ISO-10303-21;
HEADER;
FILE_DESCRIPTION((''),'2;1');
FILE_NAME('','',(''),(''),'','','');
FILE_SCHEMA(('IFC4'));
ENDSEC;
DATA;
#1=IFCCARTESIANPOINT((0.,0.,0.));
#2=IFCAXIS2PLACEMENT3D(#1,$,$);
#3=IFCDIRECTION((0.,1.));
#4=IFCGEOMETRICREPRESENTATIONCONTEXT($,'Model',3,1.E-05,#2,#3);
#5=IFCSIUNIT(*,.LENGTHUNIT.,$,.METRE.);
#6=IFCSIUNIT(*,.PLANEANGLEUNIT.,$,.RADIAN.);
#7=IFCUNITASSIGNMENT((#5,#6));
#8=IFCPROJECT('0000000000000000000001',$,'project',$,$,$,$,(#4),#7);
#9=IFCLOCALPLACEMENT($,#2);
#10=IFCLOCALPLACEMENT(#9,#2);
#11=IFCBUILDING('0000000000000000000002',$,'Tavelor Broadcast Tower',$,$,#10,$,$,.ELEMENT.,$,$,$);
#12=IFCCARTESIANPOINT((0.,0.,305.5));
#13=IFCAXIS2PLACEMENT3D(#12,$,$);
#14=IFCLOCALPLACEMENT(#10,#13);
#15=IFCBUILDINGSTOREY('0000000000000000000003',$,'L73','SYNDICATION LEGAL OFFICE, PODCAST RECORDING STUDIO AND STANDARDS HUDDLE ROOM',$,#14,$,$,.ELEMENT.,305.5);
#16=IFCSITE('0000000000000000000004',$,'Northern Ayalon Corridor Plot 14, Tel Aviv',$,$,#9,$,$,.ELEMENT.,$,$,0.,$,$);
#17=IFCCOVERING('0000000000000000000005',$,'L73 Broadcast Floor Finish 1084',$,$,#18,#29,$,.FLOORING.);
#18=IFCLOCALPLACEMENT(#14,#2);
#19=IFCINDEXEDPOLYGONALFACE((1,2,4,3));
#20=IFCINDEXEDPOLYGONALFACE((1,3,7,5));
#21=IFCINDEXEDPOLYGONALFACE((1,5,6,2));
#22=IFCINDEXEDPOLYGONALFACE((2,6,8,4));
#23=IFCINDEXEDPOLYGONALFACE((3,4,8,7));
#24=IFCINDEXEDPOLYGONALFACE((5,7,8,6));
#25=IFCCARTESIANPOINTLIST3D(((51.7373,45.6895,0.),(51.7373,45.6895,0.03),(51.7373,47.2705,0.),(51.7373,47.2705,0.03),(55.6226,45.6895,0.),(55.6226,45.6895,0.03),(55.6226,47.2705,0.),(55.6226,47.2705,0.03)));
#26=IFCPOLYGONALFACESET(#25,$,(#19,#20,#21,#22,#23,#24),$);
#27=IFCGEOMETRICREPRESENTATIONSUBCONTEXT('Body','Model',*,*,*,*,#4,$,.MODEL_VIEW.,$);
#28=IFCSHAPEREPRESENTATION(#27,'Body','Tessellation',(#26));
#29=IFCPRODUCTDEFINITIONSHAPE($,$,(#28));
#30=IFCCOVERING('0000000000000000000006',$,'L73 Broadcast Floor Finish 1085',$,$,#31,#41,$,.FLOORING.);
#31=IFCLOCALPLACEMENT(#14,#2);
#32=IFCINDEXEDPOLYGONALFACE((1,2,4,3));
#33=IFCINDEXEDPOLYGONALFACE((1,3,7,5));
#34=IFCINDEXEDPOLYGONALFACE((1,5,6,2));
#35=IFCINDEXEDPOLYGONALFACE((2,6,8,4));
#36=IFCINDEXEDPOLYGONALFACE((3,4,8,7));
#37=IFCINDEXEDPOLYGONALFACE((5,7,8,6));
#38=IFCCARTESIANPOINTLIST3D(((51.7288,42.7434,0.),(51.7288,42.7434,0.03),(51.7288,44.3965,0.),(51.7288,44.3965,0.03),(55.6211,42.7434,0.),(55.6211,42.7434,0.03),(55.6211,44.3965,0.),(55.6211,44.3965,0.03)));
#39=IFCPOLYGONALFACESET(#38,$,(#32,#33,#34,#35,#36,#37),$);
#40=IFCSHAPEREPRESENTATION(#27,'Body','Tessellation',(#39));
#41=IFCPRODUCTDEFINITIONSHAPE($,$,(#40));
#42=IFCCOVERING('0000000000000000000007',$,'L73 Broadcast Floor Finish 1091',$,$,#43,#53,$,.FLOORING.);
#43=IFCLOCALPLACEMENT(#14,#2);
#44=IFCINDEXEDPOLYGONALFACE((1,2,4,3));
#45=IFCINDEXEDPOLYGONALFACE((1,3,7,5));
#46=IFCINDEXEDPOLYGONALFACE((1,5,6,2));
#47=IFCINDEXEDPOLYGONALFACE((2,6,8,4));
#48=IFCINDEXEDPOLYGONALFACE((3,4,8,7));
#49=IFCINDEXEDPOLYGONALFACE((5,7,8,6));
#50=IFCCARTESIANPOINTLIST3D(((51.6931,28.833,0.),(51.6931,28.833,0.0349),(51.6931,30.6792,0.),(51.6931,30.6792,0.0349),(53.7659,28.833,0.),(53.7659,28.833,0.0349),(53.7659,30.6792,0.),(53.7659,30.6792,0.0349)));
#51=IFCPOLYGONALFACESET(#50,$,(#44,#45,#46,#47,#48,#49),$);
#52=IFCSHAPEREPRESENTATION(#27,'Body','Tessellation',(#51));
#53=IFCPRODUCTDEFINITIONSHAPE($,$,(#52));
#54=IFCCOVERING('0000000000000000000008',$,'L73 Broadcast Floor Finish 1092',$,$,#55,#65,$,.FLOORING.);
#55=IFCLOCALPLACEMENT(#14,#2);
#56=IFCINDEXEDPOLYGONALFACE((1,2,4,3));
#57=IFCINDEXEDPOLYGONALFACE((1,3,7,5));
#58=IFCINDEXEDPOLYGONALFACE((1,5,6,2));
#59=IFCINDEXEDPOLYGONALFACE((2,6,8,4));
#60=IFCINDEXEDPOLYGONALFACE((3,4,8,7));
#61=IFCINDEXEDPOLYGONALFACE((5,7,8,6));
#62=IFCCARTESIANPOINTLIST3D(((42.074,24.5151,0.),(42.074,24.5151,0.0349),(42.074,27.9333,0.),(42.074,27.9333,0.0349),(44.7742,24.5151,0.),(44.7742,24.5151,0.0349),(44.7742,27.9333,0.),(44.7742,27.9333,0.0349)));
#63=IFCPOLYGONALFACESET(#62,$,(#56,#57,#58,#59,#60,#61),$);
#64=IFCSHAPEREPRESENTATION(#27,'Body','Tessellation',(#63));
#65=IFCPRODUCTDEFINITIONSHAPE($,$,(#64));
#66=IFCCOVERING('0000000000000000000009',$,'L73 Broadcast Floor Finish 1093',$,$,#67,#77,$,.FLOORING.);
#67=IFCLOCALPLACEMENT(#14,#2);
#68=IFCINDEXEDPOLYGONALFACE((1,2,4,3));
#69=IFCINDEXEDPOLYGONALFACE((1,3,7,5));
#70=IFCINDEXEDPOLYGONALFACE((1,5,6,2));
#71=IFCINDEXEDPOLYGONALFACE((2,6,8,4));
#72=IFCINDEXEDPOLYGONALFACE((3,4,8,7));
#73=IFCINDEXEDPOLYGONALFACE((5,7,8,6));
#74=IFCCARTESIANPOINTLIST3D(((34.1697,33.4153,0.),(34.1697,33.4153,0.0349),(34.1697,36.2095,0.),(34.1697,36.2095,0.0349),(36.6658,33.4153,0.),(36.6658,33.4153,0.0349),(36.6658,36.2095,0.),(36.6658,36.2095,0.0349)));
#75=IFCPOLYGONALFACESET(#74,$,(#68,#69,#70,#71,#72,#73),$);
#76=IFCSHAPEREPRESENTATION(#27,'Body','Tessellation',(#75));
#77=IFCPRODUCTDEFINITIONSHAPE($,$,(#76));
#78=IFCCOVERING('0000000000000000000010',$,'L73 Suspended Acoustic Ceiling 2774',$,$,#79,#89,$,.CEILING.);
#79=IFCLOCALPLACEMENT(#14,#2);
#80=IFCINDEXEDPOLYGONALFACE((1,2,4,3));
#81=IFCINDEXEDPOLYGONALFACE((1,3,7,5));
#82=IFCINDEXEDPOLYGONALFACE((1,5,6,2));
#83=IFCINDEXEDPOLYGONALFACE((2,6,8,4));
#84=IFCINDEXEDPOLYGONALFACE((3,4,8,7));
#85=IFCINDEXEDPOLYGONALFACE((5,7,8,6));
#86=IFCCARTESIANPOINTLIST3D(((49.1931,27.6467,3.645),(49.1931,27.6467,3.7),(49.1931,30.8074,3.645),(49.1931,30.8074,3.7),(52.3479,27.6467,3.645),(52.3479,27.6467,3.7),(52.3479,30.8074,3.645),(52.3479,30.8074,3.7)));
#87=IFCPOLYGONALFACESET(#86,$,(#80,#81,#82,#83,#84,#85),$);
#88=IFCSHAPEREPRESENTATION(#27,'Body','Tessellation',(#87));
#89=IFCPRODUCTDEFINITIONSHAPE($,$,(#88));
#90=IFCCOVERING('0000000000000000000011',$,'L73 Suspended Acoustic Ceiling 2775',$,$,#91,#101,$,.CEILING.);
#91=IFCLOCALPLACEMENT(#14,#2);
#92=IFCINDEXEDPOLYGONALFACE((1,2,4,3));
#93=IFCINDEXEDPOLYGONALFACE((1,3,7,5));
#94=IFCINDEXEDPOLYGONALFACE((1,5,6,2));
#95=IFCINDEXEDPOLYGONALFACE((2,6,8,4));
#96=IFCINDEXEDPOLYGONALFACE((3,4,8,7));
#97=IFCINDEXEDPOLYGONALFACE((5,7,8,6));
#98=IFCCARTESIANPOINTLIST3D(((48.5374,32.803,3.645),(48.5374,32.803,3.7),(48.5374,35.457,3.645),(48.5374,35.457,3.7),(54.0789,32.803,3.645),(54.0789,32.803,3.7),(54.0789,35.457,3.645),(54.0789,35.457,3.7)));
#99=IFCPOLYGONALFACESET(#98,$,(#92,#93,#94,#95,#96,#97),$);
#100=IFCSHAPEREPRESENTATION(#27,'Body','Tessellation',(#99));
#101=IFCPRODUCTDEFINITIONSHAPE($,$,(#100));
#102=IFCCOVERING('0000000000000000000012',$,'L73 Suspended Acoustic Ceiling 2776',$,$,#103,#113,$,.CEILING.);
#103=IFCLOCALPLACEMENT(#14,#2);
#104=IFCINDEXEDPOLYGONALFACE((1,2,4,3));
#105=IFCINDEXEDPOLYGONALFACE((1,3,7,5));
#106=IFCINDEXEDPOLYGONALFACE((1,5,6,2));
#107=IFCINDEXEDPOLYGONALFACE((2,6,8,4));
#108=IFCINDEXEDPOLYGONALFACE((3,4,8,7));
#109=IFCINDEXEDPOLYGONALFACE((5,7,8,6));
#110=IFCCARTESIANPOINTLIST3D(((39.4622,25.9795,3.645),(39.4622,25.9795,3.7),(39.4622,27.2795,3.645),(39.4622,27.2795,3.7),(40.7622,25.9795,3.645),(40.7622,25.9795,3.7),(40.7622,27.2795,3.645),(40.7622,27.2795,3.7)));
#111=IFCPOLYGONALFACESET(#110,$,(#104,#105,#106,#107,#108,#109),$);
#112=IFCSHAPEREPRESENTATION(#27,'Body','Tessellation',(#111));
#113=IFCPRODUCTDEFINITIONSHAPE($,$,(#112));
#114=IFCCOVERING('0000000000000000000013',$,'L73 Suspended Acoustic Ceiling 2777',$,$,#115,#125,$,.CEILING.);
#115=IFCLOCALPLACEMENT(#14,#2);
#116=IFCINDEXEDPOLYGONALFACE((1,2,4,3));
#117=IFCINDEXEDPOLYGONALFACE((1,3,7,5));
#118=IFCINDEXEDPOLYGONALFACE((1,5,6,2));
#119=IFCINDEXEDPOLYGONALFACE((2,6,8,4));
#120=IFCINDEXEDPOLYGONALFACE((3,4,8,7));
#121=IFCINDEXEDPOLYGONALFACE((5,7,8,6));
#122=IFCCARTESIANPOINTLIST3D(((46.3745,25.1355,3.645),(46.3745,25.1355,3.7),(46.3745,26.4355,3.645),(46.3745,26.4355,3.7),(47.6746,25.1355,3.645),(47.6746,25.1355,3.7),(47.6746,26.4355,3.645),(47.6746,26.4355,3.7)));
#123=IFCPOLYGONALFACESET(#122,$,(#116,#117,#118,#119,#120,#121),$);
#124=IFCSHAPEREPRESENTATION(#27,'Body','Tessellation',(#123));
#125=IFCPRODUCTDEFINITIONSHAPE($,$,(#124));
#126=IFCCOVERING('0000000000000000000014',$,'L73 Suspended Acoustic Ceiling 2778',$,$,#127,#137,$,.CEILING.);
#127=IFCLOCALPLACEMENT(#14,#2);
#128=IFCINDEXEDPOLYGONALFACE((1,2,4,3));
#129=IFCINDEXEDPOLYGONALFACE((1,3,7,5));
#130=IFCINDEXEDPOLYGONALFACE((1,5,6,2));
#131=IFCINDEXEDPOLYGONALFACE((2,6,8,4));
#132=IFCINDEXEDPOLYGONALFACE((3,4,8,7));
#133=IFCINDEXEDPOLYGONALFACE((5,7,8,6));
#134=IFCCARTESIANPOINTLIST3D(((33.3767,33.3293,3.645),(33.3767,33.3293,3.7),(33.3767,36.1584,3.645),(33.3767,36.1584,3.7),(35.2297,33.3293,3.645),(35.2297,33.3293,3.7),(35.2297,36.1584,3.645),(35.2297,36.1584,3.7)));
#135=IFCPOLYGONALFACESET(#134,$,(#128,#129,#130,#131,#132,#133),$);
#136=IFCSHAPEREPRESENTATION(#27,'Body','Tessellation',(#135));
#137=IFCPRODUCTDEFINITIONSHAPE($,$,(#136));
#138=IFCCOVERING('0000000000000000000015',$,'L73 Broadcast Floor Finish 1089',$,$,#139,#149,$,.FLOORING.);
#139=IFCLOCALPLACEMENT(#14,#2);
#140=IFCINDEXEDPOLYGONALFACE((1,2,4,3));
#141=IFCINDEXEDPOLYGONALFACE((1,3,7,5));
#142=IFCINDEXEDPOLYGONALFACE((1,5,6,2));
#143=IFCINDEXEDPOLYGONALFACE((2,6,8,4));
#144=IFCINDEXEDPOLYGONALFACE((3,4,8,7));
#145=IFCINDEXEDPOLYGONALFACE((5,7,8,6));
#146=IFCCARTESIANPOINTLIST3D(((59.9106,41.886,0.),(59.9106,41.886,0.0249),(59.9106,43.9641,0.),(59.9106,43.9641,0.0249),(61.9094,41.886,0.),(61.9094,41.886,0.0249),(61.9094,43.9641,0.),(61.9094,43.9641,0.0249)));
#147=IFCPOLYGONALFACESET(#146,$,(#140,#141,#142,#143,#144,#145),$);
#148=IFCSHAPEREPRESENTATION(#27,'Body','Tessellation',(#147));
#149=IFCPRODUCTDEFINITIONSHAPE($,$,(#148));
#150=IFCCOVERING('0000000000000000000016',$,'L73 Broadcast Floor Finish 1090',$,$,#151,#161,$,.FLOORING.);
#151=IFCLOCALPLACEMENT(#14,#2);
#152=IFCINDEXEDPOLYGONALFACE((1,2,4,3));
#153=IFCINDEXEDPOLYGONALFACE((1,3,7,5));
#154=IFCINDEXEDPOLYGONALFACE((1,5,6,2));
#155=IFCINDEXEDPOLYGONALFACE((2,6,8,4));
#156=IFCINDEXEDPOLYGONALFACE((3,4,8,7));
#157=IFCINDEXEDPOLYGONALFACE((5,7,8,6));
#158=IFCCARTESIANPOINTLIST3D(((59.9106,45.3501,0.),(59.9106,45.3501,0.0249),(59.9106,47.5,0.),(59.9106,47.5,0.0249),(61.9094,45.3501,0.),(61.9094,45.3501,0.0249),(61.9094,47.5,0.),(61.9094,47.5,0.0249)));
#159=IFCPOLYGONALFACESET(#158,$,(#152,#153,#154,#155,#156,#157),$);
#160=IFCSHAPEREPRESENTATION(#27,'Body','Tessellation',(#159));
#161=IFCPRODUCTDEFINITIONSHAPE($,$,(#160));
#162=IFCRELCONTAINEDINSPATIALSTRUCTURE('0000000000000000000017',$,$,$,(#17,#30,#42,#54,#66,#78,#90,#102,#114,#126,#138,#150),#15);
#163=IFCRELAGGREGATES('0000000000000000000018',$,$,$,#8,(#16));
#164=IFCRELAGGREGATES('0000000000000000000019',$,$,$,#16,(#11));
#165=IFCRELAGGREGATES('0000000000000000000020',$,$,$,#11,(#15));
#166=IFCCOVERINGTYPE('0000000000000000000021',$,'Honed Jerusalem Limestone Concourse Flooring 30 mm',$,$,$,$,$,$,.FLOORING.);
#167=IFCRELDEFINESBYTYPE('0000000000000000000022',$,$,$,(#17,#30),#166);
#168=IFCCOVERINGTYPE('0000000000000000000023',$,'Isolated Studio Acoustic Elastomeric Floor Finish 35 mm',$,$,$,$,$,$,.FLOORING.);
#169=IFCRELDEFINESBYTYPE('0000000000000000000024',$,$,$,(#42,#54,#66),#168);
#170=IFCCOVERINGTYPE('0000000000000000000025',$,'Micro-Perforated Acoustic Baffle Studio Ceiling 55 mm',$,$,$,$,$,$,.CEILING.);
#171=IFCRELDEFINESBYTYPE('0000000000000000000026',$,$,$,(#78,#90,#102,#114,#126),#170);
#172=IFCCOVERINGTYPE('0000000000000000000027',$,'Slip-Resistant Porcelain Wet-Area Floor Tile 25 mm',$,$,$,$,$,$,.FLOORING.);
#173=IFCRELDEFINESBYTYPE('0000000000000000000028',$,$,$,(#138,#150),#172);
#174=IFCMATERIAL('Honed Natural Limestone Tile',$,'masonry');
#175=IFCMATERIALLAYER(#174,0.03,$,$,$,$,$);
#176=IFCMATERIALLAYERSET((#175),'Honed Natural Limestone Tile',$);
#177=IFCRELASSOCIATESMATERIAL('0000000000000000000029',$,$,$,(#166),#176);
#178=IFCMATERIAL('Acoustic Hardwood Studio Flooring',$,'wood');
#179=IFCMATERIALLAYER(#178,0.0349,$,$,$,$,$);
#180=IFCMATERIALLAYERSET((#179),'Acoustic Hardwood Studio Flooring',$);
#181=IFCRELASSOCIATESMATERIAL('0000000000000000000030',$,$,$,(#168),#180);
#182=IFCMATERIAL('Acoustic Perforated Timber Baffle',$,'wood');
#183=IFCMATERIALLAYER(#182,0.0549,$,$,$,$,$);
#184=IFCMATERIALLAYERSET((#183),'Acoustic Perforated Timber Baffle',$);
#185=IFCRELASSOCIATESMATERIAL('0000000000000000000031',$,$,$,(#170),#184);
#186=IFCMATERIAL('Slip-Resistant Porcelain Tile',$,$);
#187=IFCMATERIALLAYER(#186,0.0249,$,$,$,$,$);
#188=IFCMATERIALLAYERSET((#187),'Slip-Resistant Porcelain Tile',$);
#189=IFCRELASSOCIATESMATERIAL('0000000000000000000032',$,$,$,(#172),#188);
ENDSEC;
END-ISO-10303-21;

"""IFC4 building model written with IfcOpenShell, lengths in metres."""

from ifc_helpers import new_model, si_unit, direction, frame, origin, place, context, subcontext, project, spatial, polyline, outline, extrude, material, layer, layer_set, type_object, element, save


model = new_model("IFC4")

# Units and contexts
model_context = context("Model", 3, precision=1e-05, world=origin(), true_north=direction((0.0, 1.0)))
body_context = subcontext(model_context, "Body", "Model", "MODEL_VIEW")
ifc_project = project(units=[si_unit("LENGTHUNIT", "METRE"), si_unit("PLANEANGLEUNIT", "RADIAN")], contexts=[model_context])

# Site, building, storey
site_placement = place(None, origin())
site = spatial("IfcSite", under=ifc_project, at=site_placement, Name="Northern Ayalon Corridor Plot 14, Tel Aviv", CompositionType="ELEMENT", RefElevation=0.0)
building_placement = place(site_placement, origin())
building = spatial("IfcBuilding", under=site, at=building_placement, Name="Tavelor Broadcast Tower", CompositionType="ELEMENT")
storey_placement = place(building_placement, frame((0.0, 0.0, 305.5)))
storey = spatial("IfcBuildingStorey", under=building, at=storey_placement, Name="L73", Description="SYNDICATION LEGAL OFFICE, PODCAST RECORDING STUDIO AND STANDARDS HUDDLE ROOM", CompositionType="ELEMENT", Elevation=305.5)

# Coverings
ifc_material_1 = material(Name="Honed Natural Limestone Tile", Category="masonry")
ifc_layer_1 = layer(ifc_material_1, 0.03)
ifc_layer_set_1 = layer_set([ifc_layer_1], Name="Honed Natural Limestone Tile")
covering_type_1 = type_object("IfcCoveringType", Name="Honed Jerusalem Limestone Concourse Flooring 30 mm", PredefinedType="FLOORING", material=ifc_layer_set_1)
covering_1_placement = place(storey_placement, origin())
element("IfcCovering", 1, at=covering_1_placement, inside=storey, type_object=covering_type_1, Name="L73 Broadcast Floor Finish 1084", PredefinedType="FLOORING", context=body_context, shape_type="SweptSolid", body=[
    extrude(outline(polyline([(51.7373, 45.6895), (55.6226, 45.6895), (55.6226, 47.2705), (51.7373, 47.2705), (51.7373, 45.6895)])), origin(), (0.0, 0.0, 1.0), 0.03),
])
covering_2_placement = place(storey_placement, origin())
element("IfcCovering", 2, at=covering_2_placement, inside=storey, type_object=covering_type_1, Name="L73 Broadcast Floor Finish 1085", PredefinedType="FLOORING", context=body_context, shape_type="SweptSolid", body=[
    extrude(outline(polyline([(51.7288, 42.7434), (55.6211, 42.7434), (55.6211, 44.3965), (51.7288, 44.3965), (51.7288, 42.7434)])), origin(), (0.0, 0.0, 1.0), 0.03),
])
ifc_material_2 = material(Name="Acoustic Hardwood Studio Flooring", Category="wood")
ifc_layer_2 = layer(ifc_material_2, 0.0349)
ifc_layer_set_2 = layer_set([ifc_layer_2], Name="Acoustic Hardwood Studio Flooring")
covering_type_2 = type_object("IfcCoveringType", Name="Isolated Studio Acoustic Elastomeric Floor Finish 35 mm", PredefinedType="FLOORING", material=ifc_layer_set_2)
covering_3_placement = place(storey_placement, origin())
element("IfcCovering", 3, at=covering_3_placement, inside=storey, type_object=covering_type_2, Name="L73 Broadcast Floor Finish 1091", PredefinedType="FLOORING", context=body_context, shape_type="SweptSolid", body=[
    extrude(outline(polyline([(51.6931, 28.833), (53.7659, 28.833), (53.7659, 30.6792), (51.6931, 30.6792), (51.6931, 28.833)])), origin(), (0.0, 0.0, 1.0), 0.0349),
])
covering_4_placement = place(storey_placement, origin())
element("IfcCovering", 4, at=covering_4_placement, inside=storey, type_object=covering_type_2, Name="L73 Broadcast Floor Finish 1092", PredefinedType="FLOORING", context=body_context, shape_type="SweptSolid", body=[
    extrude(outline(polyline([(42.074, 24.5151), (44.7742, 24.5151), (44.7742, 27.9333), (42.074, 27.9333), (42.074, 24.5151)])), origin(), (0.0, 0.0, 1.0), 0.0349),
])
covering_5_placement = place(storey_placement, origin())
element("IfcCovering", 5, at=covering_5_placement, inside=storey, type_object=covering_type_2, Name="L73 Broadcast Floor Finish 1093", PredefinedType="FLOORING", context=body_context, shape_type="SweptSolid", body=[
    extrude(outline(polyline([(34.1697, 33.4153), (36.6658, 33.4153), (36.6658, 36.2095), (34.1697, 36.2095), (34.1697, 33.4153)])), origin(), (0.0, 0.0, 1.0), 0.0349),
])
ifc_material_3 = material(Name="Acoustic Perforated Timber Baffle", Category="wood")
ifc_layer_3 = layer(ifc_material_3, 0.0549)
ifc_layer_set_3 = layer_set([ifc_layer_3], Name="Acoustic Perforated Timber Baffle")
covering_type_3 = type_object("IfcCoveringType", Name="Micro-Perforated Acoustic Baffle Studio Ceiling 55 mm", PredefinedType="CEILING", material=ifc_layer_set_3)
covering_6_placement = place(storey_placement, frame((0.0, 0.0, 3.645)))
element("IfcCovering", 6, at=covering_6_placement, inside=storey, type_object=covering_type_3, Name="L73 Suspended Acoustic Ceiling 2774", PredefinedType="CEILING", context=body_context, shape_type="SweptSolid", body=[
    extrude(outline(polyline([(49.1931, 27.6467), (52.3479, 27.6467), (52.3479, 30.8074), (49.1931, 30.8074), (49.1931, 27.6467)])), origin(), (0.0, 0.0, 1.0), 0.0549),
])
covering_7_placement = place(storey_placement, frame((0.0, 0.0, 3.645)))
element("IfcCovering", 7, at=covering_7_placement, inside=storey, type_object=covering_type_3, Name="L73 Suspended Acoustic Ceiling 2775", PredefinedType="CEILING", context=body_context, shape_type="SweptSolid", body=[
    extrude(outline(polyline([(48.5374, 32.803), (54.0789, 32.803), (54.0789, 35.457), (48.5374, 35.457), (48.5374, 32.803)])), origin(), (0.0, 0.0, 1.0), 0.0549),
])
covering_8_placement = place(storey_placement, frame((0.0, 0.0, 3.645)))
element("IfcCovering", 8, at=covering_8_placement, inside=storey, type_object=covering_type_3, Name="L73 Suspended Acoustic Ceiling 2776", PredefinedType="CEILING", context=body_context, shape_type="SweptSolid", body=[
    extrude(outline(polyline([(39.4622, 25.9795), (40.7622, 25.9795), (40.7622, 27.2795), (39.4622, 27.2795), (39.4622, 25.9795)])), origin(), (0.0, 0.0, 1.0), 0.0549),
])
covering_9_placement = place(storey_placement, frame((0.0, 0.0, 3.645)))
element("IfcCovering", 9, at=covering_9_placement, inside=storey, type_object=covering_type_3, Name="L73 Suspended Acoustic Ceiling 2777", PredefinedType="CEILING", context=body_context, shape_type="SweptSolid", body=[
    extrude(outline(polyline([(46.3745, 25.1355), (47.6746, 25.1355), (47.6746, 26.4355), (46.3745, 26.4355), (46.3745, 25.1355)])), origin(), (0.0, 0.0, 1.0), 0.0549),
])
covering_10_placement = place(storey_placement, frame((0.0, 0.0, 3.645)))
element("IfcCovering", 10, at=covering_10_placement, inside=storey, type_object=covering_type_3, Name="L73 Suspended Acoustic Ceiling 2778", PredefinedType="CEILING", context=body_context, shape_type="SweptSolid", body=[
    extrude(outline(polyline([(33.3767, 33.3293), (35.2297, 33.3293), (35.2297, 36.1584), (33.3767, 36.1584), (33.3767, 33.3293)])), origin(), (0.0, 0.0, 1.0), 0.0549),
])
ifc_material_4 = material(Name="Slip-Resistant Porcelain Tile")
ifc_layer_4 = layer(ifc_material_4, 0.0249)
ifc_layer_set_4 = layer_set([ifc_layer_4], Name="Slip-Resistant Porcelain Tile")
covering_type_4 = type_object("IfcCoveringType", Name="Slip-Resistant Porcelain Wet-Area Floor Tile 25 mm", PredefinedType="FLOORING", material=ifc_layer_set_4)
covering_11_placement = place(storey_placement, origin())
element("IfcCovering", 11, at=covering_11_placement, inside=storey, type_object=covering_type_4, Name="L73 Broadcast Floor Finish 1089", PredefinedType="FLOORING", context=body_context, shape_type="SweptSolid", body=[
    extrude(outline(polyline([(59.9106, 41.886), (61.9094, 41.886), (61.9094, 43.9641), (59.9106, 43.9641), (59.9106, 41.886)])), origin(), (0.0, 0.0, 1.0), 0.0249),
])
covering_12_placement = place(storey_placement, origin())
element("IfcCovering", 12, at=covering_12_placement, inside=storey, type_object=covering_type_4, Name="L73 Broadcast Floor Finish 1090", PredefinedType="FLOORING", context=body_context, shape_type="SweptSolid", body=[
    extrude(outline(polyline([(59.9106, 45.3501), (61.9094, 45.3501), (61.9094, 47.5), (59.9106, 47.5), (59.9106, 45.3501)])), origin(), (0.0, 0.0, 1.0), 0.0249),
])

save(model, "model.ifc")
